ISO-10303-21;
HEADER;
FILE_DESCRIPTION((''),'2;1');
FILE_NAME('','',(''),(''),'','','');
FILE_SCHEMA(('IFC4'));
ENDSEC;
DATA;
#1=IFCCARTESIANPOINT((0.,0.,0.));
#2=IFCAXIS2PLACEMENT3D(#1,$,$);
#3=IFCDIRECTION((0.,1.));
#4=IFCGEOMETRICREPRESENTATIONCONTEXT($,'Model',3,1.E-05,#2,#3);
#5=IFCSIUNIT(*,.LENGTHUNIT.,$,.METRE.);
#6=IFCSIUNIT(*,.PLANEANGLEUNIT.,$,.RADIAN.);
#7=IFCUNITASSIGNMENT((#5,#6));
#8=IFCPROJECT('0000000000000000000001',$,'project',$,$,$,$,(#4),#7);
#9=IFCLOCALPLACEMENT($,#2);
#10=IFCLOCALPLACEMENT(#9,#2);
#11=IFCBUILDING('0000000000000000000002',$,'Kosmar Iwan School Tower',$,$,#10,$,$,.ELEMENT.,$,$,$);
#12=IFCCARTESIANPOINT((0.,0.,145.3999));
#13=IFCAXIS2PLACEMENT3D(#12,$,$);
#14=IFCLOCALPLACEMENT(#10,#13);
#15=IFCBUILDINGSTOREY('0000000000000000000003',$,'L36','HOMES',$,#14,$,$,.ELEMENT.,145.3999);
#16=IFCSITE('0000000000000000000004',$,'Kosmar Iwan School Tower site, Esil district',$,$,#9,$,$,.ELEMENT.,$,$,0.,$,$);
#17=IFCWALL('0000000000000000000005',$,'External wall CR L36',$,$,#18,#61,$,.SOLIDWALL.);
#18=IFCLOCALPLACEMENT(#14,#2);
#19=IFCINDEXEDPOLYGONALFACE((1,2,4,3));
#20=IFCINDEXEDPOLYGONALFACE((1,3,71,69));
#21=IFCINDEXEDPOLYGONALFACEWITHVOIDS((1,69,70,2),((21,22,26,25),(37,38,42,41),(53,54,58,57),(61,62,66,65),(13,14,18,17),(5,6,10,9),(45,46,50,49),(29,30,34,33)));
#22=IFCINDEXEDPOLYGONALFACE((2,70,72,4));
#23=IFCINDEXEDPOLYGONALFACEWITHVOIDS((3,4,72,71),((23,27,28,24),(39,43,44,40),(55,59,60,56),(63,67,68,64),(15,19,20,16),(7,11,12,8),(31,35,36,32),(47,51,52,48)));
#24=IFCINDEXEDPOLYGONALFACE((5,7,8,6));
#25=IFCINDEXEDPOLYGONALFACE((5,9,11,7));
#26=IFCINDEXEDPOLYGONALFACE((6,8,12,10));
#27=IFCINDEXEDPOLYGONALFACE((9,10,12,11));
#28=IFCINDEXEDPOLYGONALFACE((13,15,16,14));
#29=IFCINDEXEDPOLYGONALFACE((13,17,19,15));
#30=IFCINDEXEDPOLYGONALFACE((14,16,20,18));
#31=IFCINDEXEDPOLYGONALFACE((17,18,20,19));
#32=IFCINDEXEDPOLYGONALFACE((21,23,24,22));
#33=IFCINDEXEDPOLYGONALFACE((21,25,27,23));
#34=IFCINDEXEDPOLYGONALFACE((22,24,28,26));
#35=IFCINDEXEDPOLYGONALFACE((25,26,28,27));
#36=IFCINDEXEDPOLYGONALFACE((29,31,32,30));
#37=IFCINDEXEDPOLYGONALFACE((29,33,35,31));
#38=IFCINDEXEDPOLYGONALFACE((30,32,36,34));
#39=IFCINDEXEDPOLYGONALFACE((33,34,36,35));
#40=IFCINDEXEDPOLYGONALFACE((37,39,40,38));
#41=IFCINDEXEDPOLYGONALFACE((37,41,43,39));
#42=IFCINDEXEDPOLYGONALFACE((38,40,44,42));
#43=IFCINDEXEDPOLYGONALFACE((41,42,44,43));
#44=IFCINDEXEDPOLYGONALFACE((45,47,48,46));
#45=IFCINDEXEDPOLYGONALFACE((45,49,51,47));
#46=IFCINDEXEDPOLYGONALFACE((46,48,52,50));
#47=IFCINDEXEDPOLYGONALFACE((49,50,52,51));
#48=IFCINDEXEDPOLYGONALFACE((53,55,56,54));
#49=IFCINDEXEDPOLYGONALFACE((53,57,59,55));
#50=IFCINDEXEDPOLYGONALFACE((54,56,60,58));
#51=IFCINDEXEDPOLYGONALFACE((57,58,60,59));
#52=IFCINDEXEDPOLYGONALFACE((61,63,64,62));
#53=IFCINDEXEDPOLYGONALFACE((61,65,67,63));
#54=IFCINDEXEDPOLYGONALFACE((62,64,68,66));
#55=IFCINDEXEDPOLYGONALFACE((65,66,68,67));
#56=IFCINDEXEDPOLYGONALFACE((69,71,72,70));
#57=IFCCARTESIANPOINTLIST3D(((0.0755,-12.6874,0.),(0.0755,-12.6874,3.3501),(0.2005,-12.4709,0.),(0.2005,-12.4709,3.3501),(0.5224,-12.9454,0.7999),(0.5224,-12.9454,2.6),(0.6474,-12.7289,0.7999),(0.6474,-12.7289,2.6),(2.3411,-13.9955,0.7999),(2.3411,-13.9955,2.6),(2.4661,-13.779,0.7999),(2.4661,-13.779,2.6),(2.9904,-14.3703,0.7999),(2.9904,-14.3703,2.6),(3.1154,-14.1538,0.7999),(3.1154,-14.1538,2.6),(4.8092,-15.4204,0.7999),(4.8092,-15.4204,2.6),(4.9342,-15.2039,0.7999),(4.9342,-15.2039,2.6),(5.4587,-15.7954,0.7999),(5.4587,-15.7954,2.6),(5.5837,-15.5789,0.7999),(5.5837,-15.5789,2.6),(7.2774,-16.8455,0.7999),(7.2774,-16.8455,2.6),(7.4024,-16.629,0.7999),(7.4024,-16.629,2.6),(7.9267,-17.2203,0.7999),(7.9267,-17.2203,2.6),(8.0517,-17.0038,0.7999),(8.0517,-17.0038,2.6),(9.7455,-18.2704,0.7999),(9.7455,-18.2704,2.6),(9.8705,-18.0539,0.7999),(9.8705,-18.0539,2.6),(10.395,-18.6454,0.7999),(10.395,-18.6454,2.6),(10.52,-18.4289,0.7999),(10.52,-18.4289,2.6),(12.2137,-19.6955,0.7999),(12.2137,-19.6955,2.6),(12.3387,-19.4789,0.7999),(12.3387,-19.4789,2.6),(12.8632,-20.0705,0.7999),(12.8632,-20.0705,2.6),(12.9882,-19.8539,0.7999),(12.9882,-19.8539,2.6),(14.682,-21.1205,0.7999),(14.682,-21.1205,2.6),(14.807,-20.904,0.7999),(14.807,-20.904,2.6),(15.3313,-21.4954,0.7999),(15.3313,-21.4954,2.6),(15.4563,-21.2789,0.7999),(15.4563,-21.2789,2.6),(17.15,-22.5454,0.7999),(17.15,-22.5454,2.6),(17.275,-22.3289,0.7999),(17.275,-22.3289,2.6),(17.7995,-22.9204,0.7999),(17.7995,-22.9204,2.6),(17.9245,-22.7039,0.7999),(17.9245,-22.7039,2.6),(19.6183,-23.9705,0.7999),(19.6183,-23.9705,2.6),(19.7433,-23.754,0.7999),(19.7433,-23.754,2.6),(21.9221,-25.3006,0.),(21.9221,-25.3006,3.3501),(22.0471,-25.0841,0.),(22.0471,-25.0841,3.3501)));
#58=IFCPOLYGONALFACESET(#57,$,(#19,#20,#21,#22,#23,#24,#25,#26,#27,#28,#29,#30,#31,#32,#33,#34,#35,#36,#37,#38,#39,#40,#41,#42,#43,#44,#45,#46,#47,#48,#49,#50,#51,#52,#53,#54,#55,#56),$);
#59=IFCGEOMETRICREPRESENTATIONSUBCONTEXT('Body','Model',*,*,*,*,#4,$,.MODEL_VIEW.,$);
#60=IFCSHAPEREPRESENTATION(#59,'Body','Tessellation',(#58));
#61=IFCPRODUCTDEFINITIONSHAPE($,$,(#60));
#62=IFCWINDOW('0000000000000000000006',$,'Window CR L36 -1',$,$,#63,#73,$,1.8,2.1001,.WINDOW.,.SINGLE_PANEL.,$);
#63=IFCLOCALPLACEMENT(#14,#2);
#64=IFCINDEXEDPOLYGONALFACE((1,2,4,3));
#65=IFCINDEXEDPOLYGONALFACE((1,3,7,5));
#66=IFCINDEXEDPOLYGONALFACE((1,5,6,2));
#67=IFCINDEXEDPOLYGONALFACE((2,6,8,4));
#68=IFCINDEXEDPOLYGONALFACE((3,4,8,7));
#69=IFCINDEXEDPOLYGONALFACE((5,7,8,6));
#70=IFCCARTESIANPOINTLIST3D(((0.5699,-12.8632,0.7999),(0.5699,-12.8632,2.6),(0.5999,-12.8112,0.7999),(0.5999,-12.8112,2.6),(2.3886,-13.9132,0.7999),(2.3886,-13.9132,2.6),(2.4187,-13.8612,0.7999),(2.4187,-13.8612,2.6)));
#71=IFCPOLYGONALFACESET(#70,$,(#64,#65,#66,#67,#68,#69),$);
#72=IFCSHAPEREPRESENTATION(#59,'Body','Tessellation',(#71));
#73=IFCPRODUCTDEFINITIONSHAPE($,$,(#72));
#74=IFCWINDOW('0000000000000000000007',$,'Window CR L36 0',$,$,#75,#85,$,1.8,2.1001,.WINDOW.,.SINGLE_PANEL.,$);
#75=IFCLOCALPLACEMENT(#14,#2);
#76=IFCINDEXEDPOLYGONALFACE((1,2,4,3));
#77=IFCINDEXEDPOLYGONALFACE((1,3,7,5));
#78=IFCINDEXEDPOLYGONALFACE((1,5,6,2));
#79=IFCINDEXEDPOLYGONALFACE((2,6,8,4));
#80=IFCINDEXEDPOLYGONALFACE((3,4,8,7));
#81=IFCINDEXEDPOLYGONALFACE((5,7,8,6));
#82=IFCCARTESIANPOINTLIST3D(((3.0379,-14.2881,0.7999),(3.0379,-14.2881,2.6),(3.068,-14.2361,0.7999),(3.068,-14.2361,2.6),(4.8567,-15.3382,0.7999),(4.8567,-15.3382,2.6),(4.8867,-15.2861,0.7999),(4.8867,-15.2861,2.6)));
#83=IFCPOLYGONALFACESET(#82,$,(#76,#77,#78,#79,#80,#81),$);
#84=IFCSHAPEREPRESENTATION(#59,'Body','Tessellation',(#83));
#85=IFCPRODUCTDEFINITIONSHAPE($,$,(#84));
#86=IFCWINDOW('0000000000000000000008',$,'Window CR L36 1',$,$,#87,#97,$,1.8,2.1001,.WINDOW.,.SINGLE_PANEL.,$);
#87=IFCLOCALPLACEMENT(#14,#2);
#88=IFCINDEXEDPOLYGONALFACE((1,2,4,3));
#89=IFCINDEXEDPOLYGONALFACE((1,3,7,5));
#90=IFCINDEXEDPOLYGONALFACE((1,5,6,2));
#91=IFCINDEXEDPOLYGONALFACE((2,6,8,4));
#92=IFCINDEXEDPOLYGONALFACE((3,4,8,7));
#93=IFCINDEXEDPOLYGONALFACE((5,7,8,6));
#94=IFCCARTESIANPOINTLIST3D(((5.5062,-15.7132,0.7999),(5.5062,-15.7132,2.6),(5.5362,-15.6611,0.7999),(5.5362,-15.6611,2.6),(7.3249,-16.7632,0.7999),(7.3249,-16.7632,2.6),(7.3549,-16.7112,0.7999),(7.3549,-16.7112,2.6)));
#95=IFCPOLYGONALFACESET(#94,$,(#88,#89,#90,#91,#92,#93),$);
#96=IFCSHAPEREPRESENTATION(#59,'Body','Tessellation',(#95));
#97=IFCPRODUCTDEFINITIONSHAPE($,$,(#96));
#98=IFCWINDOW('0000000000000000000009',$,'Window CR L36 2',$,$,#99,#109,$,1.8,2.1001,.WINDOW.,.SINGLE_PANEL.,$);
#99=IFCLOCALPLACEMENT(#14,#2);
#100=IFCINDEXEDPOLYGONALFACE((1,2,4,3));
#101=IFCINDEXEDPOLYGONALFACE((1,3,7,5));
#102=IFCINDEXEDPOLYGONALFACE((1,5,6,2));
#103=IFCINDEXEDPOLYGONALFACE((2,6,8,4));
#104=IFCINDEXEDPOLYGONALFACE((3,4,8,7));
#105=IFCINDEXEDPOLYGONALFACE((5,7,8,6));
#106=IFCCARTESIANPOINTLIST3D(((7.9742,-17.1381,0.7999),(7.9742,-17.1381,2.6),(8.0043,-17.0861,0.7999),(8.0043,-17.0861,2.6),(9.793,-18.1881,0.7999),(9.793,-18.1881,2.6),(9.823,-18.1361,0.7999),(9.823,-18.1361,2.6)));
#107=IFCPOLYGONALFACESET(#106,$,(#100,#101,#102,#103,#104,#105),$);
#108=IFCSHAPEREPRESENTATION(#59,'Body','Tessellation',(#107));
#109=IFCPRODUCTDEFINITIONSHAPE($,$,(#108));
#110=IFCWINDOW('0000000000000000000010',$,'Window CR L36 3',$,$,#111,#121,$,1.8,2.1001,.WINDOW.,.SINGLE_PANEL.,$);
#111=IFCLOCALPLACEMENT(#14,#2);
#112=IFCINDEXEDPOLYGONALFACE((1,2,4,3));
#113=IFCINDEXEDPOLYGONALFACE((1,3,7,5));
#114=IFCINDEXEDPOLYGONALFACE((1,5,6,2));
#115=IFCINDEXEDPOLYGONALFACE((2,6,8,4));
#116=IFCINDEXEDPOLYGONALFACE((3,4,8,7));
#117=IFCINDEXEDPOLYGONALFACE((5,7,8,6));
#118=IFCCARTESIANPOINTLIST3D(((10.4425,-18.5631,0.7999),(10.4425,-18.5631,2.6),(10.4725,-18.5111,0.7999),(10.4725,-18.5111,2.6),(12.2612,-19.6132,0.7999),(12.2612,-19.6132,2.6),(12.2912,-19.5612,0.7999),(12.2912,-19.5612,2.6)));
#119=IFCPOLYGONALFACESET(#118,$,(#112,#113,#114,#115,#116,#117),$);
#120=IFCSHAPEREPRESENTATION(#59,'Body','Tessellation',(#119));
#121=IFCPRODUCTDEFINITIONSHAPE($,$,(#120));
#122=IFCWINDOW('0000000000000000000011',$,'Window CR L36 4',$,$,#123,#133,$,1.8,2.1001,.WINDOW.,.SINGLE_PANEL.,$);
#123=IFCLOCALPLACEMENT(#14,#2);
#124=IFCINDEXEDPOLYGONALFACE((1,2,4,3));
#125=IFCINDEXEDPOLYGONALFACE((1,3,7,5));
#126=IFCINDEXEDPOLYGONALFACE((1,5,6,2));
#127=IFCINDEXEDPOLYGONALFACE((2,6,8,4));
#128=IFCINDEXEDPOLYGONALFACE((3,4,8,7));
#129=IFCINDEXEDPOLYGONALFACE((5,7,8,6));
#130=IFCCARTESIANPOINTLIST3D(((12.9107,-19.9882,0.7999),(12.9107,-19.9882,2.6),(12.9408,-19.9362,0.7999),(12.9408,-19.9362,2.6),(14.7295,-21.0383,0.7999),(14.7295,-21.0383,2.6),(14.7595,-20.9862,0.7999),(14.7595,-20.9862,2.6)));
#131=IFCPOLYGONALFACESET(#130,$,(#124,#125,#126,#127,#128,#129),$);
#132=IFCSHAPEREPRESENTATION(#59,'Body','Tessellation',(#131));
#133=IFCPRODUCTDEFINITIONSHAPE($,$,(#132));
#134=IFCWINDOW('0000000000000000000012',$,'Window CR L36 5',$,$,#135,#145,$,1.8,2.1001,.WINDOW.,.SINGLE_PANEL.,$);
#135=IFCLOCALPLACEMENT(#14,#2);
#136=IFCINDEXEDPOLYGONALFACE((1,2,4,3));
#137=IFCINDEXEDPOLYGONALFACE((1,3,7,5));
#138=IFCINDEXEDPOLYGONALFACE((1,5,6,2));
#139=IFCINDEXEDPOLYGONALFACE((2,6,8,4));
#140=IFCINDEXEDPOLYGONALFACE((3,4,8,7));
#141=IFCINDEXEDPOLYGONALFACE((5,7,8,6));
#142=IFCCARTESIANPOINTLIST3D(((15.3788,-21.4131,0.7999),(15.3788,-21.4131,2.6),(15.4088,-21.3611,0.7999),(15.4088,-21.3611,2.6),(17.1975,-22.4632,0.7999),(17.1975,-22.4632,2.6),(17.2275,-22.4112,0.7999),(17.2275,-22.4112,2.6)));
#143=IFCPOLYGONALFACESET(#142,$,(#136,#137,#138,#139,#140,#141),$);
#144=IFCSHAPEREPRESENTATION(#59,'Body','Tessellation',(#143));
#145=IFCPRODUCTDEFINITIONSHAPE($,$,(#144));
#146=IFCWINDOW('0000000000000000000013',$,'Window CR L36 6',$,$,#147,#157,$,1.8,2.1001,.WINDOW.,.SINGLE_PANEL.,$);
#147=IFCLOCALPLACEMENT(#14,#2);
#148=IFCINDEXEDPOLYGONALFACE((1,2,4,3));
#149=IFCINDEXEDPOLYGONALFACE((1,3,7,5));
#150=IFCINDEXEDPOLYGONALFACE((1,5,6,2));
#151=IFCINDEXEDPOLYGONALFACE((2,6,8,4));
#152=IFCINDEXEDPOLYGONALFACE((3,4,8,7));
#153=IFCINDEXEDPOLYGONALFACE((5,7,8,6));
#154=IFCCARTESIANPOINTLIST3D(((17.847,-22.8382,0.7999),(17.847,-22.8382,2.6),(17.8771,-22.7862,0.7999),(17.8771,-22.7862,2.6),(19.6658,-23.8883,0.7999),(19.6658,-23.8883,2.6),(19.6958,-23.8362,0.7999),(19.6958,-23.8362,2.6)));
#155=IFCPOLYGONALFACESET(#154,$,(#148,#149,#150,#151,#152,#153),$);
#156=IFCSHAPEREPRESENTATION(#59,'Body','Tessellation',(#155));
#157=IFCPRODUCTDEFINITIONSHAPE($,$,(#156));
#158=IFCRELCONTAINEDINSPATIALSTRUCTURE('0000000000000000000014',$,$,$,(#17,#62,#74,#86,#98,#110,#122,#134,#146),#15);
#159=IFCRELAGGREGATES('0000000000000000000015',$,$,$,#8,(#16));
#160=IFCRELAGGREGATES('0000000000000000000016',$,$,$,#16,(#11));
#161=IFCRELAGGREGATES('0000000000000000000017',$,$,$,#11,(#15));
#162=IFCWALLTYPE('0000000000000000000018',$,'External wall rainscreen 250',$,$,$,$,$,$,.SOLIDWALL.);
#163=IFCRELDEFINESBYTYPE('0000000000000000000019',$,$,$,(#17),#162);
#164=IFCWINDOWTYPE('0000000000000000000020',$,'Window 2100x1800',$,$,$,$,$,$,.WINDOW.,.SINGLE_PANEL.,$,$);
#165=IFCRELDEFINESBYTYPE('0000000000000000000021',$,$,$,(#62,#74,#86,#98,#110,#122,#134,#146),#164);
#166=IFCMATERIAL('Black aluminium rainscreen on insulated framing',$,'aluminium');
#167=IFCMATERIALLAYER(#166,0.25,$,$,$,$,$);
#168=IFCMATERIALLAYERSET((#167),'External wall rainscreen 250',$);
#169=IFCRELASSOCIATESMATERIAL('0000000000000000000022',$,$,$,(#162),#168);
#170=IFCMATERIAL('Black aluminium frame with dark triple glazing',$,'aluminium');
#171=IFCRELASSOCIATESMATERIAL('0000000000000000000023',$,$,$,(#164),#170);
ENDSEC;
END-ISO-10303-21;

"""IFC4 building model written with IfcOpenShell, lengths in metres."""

from ifc_helpers import new_model, si_unit, direction, frame, frame_2d, origin, place, context, subcontext, project, spatial, rectangle, extrude, material, layer, layer_set, type_object, element, fill, save


model = new_model("IFC4")

# Units and contexts
model_context = context("Model", 3, precision=1e-05, world=origin(), true_north=direction((0.0, 1.0)))
body_context = subcontext(model_context, "Body", "Model", "MODEL_VIEW")
ifc_project = project(units=[si_unit("LENGTHUNIT", "METRE"), si_unit("PLANEANGLEUNIT", "RADIAN")], contexts=[model_context])

# Site, building, storey
site_placement = place(None, origin())
site = spatial("IfcSite", under=ifc_project, at=site_placement, Name="Kosmar Iwan School Tower site, Esil district", CompositionType="ELEMENT", RefElevation=0.0)
building_placement = place(site_placement, origin())
building = spatial("IfcBuilding", under=site, at=building_placement, Name="Kosmar Iwan School Tower", CompositionType="ELEMENT")
storey_placement = place(building_placement, frame((0.0, 0.0, 145.3999)))
storey = spatial("IfcBuildingStorey", under=building, at=storey_placement, Name="L36", Description="HOMES", CompositionType="ELEMENT", Elevation=145.3999)

# Wall, openings, windows
ifc_material_1 = material(Name="Black aluminium rainscreen on insulated framing", Category="aluminium")
ifc_layer_1 = layer(ifc_material_1, 0.25)
ifc_layer_set_1 = layer_set([ifc_layer_1], Name="External wall rainscreen 250")
wall_type_1 = type_object("IfcWallType", Name="External wall rainscreen 250", PredefinedType="SOLIDWALL", material=ifc_layer_set_1)
ifc_material_2 = material(Name="Black aluminium frame with dark triple glazing", Category="aluminium")
window_type = type_object("IfcWindowType", Name="Window 2100x1800", PartitioningType="SINGLE_PANEL", PredefinedType="WINDOW", material=ifc_material_2)
wall_1_placement = place(storey_placement, frame((0.1379, -12.5791, 0.0), z_axis=(0.0, 0.0, 1.0), x_axis=(0.866024, -0.500003, 0.0)))
wall_1 = element("IfcWall", 1, at=wall_1_placement, inside=storey, type_object=wall_type_1, Name="External wall CR L36", PredefinedType="SOLIDWALL", context=body_context, shape_type="SweptSolid", body=[
    extrude(rectangle(XDim=25.2263, YDim=0.25, at=frame_2d((12.6133, 0.0))), origin(), (0.0, 0.0, 1.0), 3.3501),
])
opening_1_placement = place(wall_1_placement, frame((0.5161, 0.0, 0.8)))
opening_1 = element("IfcOpeningElement", 2, at=opening_1_placement, cuts=wall_1, PredefinedType="OPENING", context=body_context, shape_type="SweptSolid", body=[
    extrude(rectangle(XDim=2.1001, YDim=1.8, at=frame_2d((1.05, 0.8999))), frame((0.0, 0.137, 0.0), z_axis=(0.0, -1.0, 0.0), x_axis=(1.0, 0.0, 0.0)), (0.0, 0.0, 1.0), 0.2739),
])
opening_2_placement = place(wall_1_placement, frame((3.366, 0.0, 0.8)))
opening_2 = element("IfcOpeningElement", 3, at=opening_2_placement, cuts=wall_1, PredefinedType="OPENING", context=body_context, shape_type="SweptSolid", body=[
    extrude(rectangle(XDim=2.1001, YDim=1.8, at=frame_2d((1.05, 0.8999))), frame((0.0, 0.137, 0.0), z_axis=(0.0, -1.0, 0.0), x_axis=(1.0, 0.0, 0.0)), (0.0, 0.0, 1.0), 0.2739),
])
opening_3_placement = place(wall_1_placement, frame((6.2161, 0.0, 0.8)))
opening_3 = element("IfcOpeningElement", 4, at=opening_3_placement, cuts=wall_1, PredefinedType="OPENING", context=body_context, shape_type="SweptSolid", body=[
    extrude(rectangle(XDim=2.1001, YDim=1.8, at=frame_2d((1.05, 0.8999))), frame((0.0, 0.137, 0.0), z_axis=(0.0, -1.0, 0.0), x_axis=(1.0, 0.0, 0.0)), (0.0, 0.0, 1.0), 0.2739),
])
opening_4_placement = place(wall_1_placement, frame((9.0659, 0.0, 0.8)))
opening_4 = element("IfcOpeningElement", 5, at=opening_4_placement, cuts=wall_1, PredefinedType="OPENING", context=body_context, shape_type="SweptSolid", body=[
    extrude(rectangle(XDim=2.1001, YDim=1.8, at=frame_2d((1.05, 0.8999))), frame((0.0, 0.137, 0.0), z_axis=(0.0, -1.0, 0.0), x_axis=(1.0, 0.0, 0.0)), (0.0, 0.0, 1.0), 0.2739),
])
opening_5_placement = place(wall_1_placement, frame((11.916, 0.0, 0.8)))
opening_5 = element("IfcOpeningElement", 6, at=opening_5_placement, cuts=wall_1, PredefinedType="OPENING", context=body_context, shape_type="SweptSolid", body=[
    extrude(rectangle(XDim=2.1001, YDim=1.8, at=frame_2d((1.05, 0.8999))), frame((0.0, 0.137, 0.0), z_axis=(0.0, -1.0, 0.0), x_axis=(1.0, 0.0, 0.0)), (0.0, 0.0, 1.0), 0.2739),
])
opening_6_placement = place(wall_1_placement, frame((14.7661, 0.0, 0.8)))
opening_6 = element("IfcOpeningElement", 7, at=opening_6_placement, cuts=wall_1, PredefinedType="OPENING", context=body_context, shape_type="SweptSolid", body=[
    extrude(rectangle(XDim=2.1001, YDim=1.8, at=frame_2d((1.05, 0.8999))), frame((0.0, 0.137, 0.0), z_axis=(0.0, -1.0, 0.0), x_axis=(1.0, 0.0, 0.0)), (0.0, 0.0, 1.0), 0.2739),
])
opening_7_placement = place(wall_1_placement, frame((17.616, 0.0, 0.8)))
opening_7 = element("IfcOpeningElement", 8, at=opening_7_placement, cuts=wall_1, PredefinedType="OPENING", context=body_context, shape_type="SweptSolid", body=[
    extrude(rectangle(XDim=2.1001, YDim=1.8, at=frame_2d((1.05, 0.8999))), frame((0.0, 0.137, 0.0), z_axis=(0.0, -1.0, 0.0), x_axis=(1.0, 0.0, 0.0)), (0.0, 0.0, 1.0), 0.2739),
])
opening_8_placement = place(wall_1_placement, frame((20.4661, 0.0, 0.8)))
opening_8 = element("IfcOpeningElement", 9, at=opening_8_placement, cuts=wall_1, PredefinedType="OPENING", context=body_context, shape_type="SweptSolid", body=[
    extrude(rectangle(XDim=2.1001, YDim=1.8, at=frame_2d((1.05, 0.8999))), frame((0.0, 0.137, 0.0), z_axis=(0.0, -1.0, 0.0), x_axis=(1.0, 0.0, 0.0)), (0.0, 0.0, 1.0), 0.2739),
])
window_1_placement = place(opening_1_placement, origin())
window_1 = element("IfcWindow", 10, at=window_1_placement, inside=storey, type_object=window_type, Name="Window CR L36 -1", OverallHeight=1.8, OverallWidth=2.1001, PartitioningType="SINGLE_PANEL", PredefinedType="WINDOW", context=body_context, shape_type="SweptSolid", body=[
    extrude(rectangle(XDim=2.1001, YDim=1.8, at=frame_2d((1.05, 0.8999))), frame((0.0, 0.03, 0.0), z_axis=(0.0, -1.0, 0.0), x_axis=(1.0, 0.0, 0.0)), (0.0, 0.0, 1.0), 0.0601),
])
fill(opening_1, window_1)
window_2_placement = place(opening_2_placement, origin())
window_2 = element("IfcWindow", 11, at=window_2_placement, inside=storey, type_object=window_type, Name="Window CR L36 0", OverallHeight=1.8, OverallWidth=2.1001, PartitioningType="SINGLE_PANEL", PredefinedType="WINDOW", context=body_context, shape_type="SweptSolid", body=[
    extrude(rectangle(XDim=2.1001, YDim=1.8, at=frame_2d((1.05, 0.8999))), frame((0.0, 0.03, 0.0), z_axis=(0.0, -1.0, 0.0), x_axis=(1.0, 0.0, 0.0)), (0.0, 0.0, 1.0), 0.0601),
])
fill(opening_2, window_2)
window_3_placement = place(opening_3_placement, origin())
window_3 = element("IfcWindow", 12, at=window_3_placement, inside=storey, type_object=window_type, Name="Window CR L36 1", OverallHeight=1.8, OverallWidth=2.1001, PartitioningType="SINGLE_PANEL", PredefinedType="WINDOW", context=body_context, shape_type="SweptSolid", body=[
    extrude(rectangle(XDim=2.1001, YDim=1.8, at=frame_2d((1.05, 0.8999))), frame((0.0, 0.03, 0.0), z_axis=(0.0, -1.0, 0.0), x_axis=(1.0, 0.0, 0.0)), (0.0, 0.0, 1.0), 0.0601),
])
fill(opening_3, window_3)
window_4_placement = place(opening_4_placement, origin())
window_4 = element("IfcWindow", 13, at=window_4_placement, inside=storey, type_object=window_type, Name="Window CR L36 2", OverallHeight=1.8, OverallWidth=2.1001, PartitioningType="SINGLE_PANEL", PredefinedType="WINDOW", context=body_context, shape_type="SweptSolid", body=[
    extrude(rectangle(XDim=2.1001, YDim=1.8, at=frame_2d((1.05, 0.8999))), frame((0.0, 0.03, 0.0), z_axis=(0.0, -1.0, 0.0), x_axis=(1.0, 0.0, 0.0)), (0.0, 0.0, 1.0), 0.0601),
])
fill(opening_4, window_4)
window_5_placement = place(opening_5_placement, origin())
window_5 = element("IfcWindow", 14, at=window_5_placement, inside=storey, type_object=window_type, Name="Window CR L36 3", OverallHeight=1.8, OverallWidth=2.1001, PartitioningType="SINGLE_PANEL", PredefinedType="WINDOW", context=body_context, shape_type="SweptSolid", body=[
    extrude(rectangle(XDim=2.1001, YDim=1.8, at=frame_2d((1.05, 0.8999))), frame((0.0, 0.03, 0.0), z_axis=(0.0, -1.0, 0.0), x_axis=(1.0, 0.0, 0.0)), (0.0, 0.0, 1.0), 0.0601),
])
fill(opening_5, window_5)
window_6_placement = place(opening_6_placement, origin())
window_6 = element("IfcWindow", 15, at=window_6_placement, inside=storey, type_object=window_type, Name="Window CR L36 4", OverallHeight=1.8, OverallWidth=2.1001, PartitioningType="SINGLE_PANEL", PredefinedType="WINDOW", context=body_context, shape_type="SweptSolid", body=[
    extrude(rectangle(XDim=2.1001, YDim=1.8, at=frame_2d((1.05, 0.8999))), frame((0.0, 0.03, 0.0), z_axis=(0.0, -1.0, 0.0), x_axis=(1.0, 0.0, 0.0)), (0.0, 0.0, 1.0), 0.0601),
])
fill(opening_6, window_6)
window_7_placement = place(opening_7_placement, origin())
window_7 = element("IfcWindow", 16, at=window_7_placement, inside=storey, type_object=window_type, Name="Window CR L36 5", OverallHeight=1.8, OverallWidth=2.1001, PartitioningType="SINGLE_PANEL", PredefinedType="WINDOW", context=body_context, shape_type="SweptSolid", body=[
    extrude(rectangle(XDim=2.1001, YDim=1.8, at=frame_2d((1.05, 0.8999))), frame((0.0, 0.03, 0.0), z_axis=(0.0, -1.0, 0.0), x_axis=(1.0, 0.0, 0.0)), (0.0, 0.0, 1.0), 0.0601),
])
fill(opening_7, window_7)
window_8_placement = place(opening_8_placement, origin())
window_8 = element("IfcWindow", 17, at=window_8_placement, inside=storey, type_object=window_type, Name="Window CR L36 6", OverallHeight=1.8, OverallWidth=2.1001, PartitioningType="SINGLE_PANEL", PredefinedType="WINDOW", context=body_context, shape_type="SweptSolid", body=[
    extrude(rectangle(XDim=2.1001, YDim=1.8, at=frame_2d((1.05, 0.8999))), frame((0.0, 0.03, 0.0), z_axis=(0.0, -1.0, 0.0), x_axis=(1.0, 0.0, 0.0)), (0.0, 0.0, 1.0), 0.0601),
])
fill(opening_8, window_8)

save(model, "model.ifc")
